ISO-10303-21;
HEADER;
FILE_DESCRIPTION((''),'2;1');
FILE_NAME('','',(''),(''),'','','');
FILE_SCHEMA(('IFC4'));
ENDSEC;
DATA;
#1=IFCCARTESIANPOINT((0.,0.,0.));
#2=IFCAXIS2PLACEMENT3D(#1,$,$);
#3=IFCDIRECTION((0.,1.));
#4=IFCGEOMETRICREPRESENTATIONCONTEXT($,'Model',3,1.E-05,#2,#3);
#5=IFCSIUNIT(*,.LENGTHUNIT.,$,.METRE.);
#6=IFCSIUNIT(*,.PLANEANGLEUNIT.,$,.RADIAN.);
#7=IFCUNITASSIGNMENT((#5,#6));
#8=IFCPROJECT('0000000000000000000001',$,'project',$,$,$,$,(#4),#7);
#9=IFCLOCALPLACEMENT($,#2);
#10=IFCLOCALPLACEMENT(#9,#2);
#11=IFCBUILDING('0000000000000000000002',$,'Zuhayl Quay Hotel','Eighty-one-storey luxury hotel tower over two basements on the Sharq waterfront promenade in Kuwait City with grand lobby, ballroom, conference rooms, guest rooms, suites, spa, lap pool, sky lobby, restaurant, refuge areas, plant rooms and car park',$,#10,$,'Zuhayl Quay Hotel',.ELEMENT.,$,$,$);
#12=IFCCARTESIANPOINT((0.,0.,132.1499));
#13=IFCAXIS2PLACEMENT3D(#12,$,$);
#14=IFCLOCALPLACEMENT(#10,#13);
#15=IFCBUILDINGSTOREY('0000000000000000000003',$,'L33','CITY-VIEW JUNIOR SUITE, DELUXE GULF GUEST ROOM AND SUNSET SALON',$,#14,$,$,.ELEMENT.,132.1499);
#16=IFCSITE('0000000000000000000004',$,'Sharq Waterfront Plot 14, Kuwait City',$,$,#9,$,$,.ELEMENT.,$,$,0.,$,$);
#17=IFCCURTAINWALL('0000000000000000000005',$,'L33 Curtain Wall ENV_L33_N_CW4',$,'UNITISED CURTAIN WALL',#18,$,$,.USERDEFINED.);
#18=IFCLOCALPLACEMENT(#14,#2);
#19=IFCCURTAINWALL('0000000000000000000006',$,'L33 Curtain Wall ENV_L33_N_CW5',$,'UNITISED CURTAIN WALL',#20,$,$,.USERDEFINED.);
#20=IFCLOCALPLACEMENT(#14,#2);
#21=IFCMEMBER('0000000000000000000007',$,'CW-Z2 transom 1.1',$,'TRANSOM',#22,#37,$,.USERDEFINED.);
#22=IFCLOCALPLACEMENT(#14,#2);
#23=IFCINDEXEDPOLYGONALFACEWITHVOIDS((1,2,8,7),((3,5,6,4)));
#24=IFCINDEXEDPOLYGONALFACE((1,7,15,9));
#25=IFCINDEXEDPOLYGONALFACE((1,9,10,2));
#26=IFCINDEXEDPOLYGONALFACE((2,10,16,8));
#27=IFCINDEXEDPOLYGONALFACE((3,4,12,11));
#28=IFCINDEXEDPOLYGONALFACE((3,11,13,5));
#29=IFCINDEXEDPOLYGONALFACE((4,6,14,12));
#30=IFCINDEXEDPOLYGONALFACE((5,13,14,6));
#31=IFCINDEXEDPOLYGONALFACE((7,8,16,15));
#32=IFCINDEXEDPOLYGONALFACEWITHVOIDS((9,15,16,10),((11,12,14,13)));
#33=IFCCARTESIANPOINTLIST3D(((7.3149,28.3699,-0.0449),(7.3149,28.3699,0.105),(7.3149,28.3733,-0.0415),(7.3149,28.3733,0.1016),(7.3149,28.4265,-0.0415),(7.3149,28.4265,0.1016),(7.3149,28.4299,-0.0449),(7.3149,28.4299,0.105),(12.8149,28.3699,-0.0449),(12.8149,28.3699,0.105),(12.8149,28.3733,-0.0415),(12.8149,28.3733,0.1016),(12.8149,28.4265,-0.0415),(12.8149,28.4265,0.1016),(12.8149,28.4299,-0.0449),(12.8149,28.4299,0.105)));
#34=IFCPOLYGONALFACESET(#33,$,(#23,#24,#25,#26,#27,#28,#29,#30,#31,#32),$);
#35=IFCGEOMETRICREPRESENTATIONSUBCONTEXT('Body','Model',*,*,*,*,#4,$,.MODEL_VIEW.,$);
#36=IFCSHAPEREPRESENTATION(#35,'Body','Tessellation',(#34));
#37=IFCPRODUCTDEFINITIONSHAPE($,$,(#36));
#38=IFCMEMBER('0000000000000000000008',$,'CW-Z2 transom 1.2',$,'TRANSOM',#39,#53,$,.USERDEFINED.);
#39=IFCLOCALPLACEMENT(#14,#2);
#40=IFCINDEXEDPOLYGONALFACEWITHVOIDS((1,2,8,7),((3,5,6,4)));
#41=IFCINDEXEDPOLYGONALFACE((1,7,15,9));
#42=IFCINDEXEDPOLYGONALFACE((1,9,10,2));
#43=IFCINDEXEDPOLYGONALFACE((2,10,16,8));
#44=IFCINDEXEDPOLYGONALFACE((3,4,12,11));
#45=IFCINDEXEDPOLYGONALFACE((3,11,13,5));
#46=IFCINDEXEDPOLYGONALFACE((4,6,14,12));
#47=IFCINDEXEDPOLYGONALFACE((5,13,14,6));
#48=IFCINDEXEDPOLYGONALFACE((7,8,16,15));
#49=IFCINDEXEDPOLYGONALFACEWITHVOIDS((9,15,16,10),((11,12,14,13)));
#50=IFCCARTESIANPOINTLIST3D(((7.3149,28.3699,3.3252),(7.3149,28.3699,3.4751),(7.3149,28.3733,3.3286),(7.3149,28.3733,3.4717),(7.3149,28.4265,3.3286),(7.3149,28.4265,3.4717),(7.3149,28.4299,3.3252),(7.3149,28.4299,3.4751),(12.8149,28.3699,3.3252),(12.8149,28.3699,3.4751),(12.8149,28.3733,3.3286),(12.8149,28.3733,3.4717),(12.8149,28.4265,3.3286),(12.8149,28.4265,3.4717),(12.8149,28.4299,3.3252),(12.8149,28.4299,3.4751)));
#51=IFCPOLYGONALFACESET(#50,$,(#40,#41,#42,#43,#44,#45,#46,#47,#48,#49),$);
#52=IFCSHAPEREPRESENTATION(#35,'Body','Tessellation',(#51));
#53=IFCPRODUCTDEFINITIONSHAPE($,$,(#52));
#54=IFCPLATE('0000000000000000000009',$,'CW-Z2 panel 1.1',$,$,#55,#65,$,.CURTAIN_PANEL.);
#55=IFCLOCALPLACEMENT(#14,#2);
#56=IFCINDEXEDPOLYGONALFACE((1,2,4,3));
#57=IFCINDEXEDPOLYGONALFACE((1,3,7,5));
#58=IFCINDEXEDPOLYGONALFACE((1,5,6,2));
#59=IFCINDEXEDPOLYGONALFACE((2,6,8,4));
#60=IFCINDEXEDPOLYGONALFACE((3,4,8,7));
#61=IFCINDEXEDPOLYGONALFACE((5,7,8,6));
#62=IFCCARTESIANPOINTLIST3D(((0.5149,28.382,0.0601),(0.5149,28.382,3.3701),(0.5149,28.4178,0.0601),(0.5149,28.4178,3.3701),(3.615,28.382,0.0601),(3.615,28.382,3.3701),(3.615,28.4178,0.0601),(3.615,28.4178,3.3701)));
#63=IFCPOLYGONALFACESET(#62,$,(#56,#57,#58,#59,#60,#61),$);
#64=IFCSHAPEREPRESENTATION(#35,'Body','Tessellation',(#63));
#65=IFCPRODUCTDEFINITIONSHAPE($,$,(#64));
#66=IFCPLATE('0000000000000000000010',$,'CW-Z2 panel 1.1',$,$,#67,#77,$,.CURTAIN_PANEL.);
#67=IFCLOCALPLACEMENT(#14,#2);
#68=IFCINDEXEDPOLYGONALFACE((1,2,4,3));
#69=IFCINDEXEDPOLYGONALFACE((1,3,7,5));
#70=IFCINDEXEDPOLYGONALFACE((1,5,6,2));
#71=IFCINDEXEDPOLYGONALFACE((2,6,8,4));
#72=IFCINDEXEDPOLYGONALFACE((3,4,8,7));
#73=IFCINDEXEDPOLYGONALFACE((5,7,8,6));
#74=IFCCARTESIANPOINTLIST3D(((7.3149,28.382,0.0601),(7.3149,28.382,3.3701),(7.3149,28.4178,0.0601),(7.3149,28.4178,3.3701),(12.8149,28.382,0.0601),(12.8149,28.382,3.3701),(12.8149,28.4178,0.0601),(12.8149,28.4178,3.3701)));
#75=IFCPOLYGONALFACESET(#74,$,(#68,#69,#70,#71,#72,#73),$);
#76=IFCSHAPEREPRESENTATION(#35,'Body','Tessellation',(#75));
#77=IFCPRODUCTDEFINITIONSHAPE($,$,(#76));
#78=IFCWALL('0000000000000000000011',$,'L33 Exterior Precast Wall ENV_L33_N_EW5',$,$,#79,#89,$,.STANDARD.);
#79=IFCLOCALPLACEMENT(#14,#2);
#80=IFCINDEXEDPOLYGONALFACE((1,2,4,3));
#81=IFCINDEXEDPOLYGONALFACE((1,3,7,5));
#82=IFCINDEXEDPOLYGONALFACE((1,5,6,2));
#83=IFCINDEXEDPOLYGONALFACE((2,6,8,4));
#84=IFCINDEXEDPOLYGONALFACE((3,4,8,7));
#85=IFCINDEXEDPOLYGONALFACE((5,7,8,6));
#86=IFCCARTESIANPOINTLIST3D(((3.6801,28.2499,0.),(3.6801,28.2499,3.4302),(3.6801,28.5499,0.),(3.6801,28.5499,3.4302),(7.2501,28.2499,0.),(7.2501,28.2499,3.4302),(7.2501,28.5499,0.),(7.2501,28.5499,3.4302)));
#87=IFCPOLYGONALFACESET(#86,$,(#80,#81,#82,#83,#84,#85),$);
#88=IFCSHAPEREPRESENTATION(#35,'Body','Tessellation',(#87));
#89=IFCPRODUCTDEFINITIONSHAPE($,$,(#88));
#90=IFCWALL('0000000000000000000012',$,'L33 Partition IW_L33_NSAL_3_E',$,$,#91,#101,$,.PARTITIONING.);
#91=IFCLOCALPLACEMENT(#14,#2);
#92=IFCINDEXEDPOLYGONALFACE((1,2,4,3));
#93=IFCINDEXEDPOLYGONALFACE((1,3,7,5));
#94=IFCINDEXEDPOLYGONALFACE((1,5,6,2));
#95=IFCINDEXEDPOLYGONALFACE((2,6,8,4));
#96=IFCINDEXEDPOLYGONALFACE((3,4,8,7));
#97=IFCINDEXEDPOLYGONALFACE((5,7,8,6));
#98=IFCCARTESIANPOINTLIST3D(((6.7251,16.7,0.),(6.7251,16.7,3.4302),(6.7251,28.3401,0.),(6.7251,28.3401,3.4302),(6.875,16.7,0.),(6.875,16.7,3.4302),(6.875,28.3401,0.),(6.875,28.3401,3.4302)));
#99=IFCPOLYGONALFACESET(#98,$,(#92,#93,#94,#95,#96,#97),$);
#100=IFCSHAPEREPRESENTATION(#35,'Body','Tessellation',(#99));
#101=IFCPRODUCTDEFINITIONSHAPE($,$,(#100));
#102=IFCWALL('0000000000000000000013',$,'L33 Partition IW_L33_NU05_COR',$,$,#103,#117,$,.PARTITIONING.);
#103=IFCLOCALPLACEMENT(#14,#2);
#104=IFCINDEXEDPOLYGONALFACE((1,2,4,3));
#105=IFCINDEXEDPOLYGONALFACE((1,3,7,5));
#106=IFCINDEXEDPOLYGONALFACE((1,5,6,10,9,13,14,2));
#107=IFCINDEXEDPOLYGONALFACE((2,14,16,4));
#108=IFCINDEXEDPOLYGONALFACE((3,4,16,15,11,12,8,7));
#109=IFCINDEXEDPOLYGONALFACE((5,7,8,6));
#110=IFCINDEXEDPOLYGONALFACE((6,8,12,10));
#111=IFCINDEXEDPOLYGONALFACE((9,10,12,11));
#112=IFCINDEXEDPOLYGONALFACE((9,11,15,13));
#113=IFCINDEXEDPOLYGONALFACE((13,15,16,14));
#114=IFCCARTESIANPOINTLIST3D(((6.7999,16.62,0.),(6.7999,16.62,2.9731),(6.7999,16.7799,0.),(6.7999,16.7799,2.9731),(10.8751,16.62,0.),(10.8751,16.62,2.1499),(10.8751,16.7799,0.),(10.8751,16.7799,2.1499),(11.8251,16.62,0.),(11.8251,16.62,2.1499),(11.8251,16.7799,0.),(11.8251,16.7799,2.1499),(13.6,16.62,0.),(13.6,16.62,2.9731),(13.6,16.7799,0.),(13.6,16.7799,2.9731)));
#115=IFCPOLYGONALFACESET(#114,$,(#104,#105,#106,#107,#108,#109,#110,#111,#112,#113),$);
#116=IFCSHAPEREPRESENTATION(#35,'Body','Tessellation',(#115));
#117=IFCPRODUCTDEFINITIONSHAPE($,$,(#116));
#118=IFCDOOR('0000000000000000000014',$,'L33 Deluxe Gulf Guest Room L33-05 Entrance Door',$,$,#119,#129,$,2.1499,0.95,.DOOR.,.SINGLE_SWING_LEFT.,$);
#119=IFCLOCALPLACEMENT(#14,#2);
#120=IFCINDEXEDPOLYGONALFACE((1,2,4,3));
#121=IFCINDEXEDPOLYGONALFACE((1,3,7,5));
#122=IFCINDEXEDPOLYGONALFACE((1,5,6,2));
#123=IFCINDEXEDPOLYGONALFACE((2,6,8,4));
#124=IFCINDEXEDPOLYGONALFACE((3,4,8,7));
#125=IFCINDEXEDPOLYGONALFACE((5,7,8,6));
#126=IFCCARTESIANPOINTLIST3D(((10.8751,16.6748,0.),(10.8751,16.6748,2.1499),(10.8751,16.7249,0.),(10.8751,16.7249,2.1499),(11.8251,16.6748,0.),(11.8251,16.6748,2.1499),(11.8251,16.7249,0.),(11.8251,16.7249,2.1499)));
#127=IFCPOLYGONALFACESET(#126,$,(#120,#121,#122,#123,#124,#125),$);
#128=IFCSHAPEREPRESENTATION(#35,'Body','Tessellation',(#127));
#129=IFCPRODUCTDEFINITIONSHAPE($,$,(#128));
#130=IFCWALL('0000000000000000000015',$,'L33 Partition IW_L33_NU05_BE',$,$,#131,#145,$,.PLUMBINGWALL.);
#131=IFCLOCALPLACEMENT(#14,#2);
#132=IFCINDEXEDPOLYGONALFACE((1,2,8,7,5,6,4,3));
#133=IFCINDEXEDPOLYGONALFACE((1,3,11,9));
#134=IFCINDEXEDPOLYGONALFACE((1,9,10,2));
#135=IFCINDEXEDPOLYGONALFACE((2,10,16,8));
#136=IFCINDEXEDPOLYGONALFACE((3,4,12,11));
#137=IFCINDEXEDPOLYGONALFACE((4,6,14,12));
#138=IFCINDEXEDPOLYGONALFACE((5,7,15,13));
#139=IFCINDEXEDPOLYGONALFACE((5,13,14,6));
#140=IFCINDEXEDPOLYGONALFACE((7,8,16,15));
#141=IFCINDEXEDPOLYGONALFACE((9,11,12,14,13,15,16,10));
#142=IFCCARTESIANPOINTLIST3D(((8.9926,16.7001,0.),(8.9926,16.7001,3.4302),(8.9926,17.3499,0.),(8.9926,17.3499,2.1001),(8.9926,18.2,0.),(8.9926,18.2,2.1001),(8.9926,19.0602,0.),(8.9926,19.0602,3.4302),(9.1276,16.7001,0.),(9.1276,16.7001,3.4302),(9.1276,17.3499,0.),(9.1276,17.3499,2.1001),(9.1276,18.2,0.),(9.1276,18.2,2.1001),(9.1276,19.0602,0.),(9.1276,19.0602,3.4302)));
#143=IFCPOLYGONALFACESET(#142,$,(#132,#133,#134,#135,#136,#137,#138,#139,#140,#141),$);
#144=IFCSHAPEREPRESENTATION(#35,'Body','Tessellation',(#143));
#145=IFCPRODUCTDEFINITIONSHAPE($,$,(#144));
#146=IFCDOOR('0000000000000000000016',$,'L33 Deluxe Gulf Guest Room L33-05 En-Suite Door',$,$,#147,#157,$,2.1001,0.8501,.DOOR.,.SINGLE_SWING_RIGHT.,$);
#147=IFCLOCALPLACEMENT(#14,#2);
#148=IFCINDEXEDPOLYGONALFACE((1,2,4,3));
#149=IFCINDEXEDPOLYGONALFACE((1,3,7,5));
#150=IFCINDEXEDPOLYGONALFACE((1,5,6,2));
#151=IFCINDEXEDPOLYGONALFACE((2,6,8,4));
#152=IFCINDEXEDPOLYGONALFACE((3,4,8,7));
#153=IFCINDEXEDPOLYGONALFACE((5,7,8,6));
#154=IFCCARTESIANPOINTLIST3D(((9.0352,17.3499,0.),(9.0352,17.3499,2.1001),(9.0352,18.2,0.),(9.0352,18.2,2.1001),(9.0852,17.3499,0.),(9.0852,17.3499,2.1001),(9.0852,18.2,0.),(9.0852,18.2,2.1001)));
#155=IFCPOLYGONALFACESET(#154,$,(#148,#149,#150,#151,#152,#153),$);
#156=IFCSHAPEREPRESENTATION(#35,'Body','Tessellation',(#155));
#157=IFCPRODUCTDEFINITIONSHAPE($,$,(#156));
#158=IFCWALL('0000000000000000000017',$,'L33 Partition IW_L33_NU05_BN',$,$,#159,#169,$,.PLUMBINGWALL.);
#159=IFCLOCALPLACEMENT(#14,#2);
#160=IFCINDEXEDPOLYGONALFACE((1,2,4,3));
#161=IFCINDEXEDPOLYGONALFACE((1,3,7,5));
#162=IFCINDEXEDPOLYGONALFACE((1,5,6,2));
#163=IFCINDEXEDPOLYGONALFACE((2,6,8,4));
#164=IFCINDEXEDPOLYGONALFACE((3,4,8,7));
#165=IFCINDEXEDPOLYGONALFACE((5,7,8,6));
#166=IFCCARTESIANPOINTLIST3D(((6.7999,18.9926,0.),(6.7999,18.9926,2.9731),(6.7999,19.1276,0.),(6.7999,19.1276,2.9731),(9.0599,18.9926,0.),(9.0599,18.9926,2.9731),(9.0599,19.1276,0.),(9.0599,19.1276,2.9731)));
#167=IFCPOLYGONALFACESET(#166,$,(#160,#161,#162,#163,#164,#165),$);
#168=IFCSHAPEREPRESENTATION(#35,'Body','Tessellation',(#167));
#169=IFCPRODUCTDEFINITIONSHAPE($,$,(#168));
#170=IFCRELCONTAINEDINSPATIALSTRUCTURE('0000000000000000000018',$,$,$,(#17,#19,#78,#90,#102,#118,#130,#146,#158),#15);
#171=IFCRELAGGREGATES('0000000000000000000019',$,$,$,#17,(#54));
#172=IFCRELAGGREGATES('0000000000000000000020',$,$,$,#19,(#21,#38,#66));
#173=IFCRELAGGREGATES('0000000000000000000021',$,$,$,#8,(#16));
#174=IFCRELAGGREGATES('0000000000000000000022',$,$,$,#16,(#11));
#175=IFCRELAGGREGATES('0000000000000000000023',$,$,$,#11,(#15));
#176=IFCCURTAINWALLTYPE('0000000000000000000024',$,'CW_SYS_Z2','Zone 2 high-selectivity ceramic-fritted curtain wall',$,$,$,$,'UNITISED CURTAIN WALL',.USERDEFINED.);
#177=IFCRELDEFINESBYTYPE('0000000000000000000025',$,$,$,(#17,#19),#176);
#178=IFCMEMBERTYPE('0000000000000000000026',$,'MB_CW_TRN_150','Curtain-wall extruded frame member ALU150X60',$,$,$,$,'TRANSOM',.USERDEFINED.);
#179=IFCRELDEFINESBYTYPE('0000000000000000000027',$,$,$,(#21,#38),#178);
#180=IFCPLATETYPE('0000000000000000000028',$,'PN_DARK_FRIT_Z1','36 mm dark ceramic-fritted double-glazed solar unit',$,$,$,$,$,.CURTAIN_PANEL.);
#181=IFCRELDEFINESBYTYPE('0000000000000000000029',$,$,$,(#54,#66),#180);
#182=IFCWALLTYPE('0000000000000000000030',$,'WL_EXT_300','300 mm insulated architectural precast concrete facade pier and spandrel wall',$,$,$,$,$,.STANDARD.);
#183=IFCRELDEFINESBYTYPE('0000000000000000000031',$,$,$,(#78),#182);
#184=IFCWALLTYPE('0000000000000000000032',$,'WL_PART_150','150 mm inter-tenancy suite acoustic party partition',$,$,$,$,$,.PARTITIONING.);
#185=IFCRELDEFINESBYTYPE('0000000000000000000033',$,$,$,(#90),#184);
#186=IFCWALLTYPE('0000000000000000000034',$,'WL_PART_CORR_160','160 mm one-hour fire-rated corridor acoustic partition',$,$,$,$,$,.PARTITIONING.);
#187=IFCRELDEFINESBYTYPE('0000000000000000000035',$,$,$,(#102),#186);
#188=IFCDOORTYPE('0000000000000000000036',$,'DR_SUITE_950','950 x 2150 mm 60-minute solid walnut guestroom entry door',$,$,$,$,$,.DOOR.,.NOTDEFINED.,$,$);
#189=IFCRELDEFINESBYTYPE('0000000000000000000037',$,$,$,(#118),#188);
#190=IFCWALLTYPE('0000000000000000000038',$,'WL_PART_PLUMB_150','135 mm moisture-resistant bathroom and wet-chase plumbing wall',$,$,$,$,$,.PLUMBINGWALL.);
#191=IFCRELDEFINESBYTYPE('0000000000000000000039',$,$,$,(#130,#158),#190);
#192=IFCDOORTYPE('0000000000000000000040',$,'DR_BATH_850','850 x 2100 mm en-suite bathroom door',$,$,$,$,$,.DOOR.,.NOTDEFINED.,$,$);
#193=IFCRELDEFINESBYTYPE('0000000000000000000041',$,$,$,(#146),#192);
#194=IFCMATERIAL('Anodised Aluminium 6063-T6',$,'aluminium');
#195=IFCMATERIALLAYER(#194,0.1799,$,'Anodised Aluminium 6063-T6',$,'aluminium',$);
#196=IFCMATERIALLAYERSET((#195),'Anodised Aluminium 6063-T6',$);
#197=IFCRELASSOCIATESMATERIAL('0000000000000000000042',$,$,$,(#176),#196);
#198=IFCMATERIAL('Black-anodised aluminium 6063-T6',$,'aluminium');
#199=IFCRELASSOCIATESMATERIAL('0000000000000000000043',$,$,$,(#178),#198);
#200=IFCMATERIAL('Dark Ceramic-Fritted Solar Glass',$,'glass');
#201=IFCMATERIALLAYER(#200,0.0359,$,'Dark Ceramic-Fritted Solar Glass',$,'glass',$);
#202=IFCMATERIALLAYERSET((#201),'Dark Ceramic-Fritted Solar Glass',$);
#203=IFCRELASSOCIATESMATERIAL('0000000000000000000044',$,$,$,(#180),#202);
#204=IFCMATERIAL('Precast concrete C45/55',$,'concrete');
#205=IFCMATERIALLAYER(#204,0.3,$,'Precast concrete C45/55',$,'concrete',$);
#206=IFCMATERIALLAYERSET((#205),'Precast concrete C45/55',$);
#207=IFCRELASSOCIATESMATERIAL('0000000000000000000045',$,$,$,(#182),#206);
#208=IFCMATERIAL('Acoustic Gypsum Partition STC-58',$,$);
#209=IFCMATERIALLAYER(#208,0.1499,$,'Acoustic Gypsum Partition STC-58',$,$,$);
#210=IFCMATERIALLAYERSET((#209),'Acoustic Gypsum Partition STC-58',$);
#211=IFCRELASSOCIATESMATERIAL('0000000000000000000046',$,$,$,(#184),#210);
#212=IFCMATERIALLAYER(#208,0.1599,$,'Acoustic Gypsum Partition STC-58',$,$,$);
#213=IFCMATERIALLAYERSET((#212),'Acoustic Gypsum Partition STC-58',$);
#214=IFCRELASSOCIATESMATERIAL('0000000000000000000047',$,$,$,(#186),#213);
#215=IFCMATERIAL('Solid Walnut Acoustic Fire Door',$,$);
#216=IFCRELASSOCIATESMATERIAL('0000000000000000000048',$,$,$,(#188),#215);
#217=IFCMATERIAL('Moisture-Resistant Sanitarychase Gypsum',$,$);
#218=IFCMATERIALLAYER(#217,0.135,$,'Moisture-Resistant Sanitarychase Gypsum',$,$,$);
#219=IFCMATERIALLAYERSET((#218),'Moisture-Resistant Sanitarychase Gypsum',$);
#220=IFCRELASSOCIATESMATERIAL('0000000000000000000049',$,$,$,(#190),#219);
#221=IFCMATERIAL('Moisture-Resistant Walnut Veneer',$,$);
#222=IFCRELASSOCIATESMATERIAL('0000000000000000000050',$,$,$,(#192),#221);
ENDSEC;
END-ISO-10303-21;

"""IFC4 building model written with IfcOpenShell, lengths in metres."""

from ifc_helpers import new_model, si_unit, direction, frame, frame_2d, origin, origin_2d, place, context, subcontext, project, spatial, rectangle, hollow_rectangle, extrude, material, layer, layer_set, material_profile, profile_set, type_object, element, fill, aggregate, save


model = new_model("IFC4")

# Units and contexts
model_context = context("Model", 3, precision=1e-05, world=origin(), true_north=direction((0.0, 1.0)))
body_context = subcontext(model_context, "Body", "Model", "MODEL_VIEW")
ifc_project = project(units=[si_unit("LENGTHUNIT", "METRE"), si_unit("PLANEANGLEUNIT", "RADIAN")], contexts=[model_context])

# Site, building, storey
site_placement = place(None, origin())
site = spatial("IfcSite", under=ifc_project, at=site_placement, Name="Sharq Waterfront Plot 14, Kuwait City", CompositionType="ELEMENT", RefElevation=0.0)
building_placement = place(site_placement, origin())
building = spatial("IfcBuilding", under=site, at=building_placement, Name="Zuhayl Quay Hotel", Description="Eighty-one-storey luxury hotel tower over two basements on the Sharq waterfront promenade in Kuwait City with grand lobby, ballroom, conference rooms, guest rooms, suites, spa, lap pool, sky lobby, restaurant, refuge areas, plant rooms and car park", LongName="Zuhayl Quay Hotel", CompositionType="ELEMENT")
storey_placement = place(building_placement, frame((0.0, 0.0, 132.1499)))
storey = spatial("IfcBuildingStorey", under=building, at=storey_placement, Name="L33", Description="CITY-VIEW JUNIOR SUITE, DELUXE GULF GUEST ROOM AND SUNSET SALON", CompositionType="ELEMENT", Elevation=132.1499)

# Curtain wall
ifc_material_1 = material(Name="Anodised Aluminium 6063-T6", Category="aluminium")
ifc_layer_1 = layer(ifc_material_1, 0.1799, Name="Anodised Aluminium 6063-T6", Category="aluminium")
ifc_layer_set_1 = layer_set([ifc_layer_1], Name="Anodised Aluminium 6063-T6")
curtain_wall_type = type_object("IfcCurtainWallType", Name="CW_SYS_Z2", Description="Zone 2 high-selectivity ceramic-fritted curtain wall", ElementType="UNITISED CURTAIN WALL", PredefinedType="USERDEFINED", material=ifc_layer_set_1)
curtain_wall_1_placement = place(storey_placement, origin())
curtain_wall_1 = element("IfcCurtainWall", 1, at=curtain_wall_1_placement, inside=storey, type_object=curtain_wall_type, Name="L33 Curtain Wall ENV_L33_N_CW4", ObjectType="UNITISED CURTAIN WALL", PredefinedType="USERDEFINED")
ifc_material_2 = material(Name="Black-anodised aluminium 6063-T6", Category="aluminium")

# Curtain wall
curtain_wall_2_placement = place(storey_placement, origin())
curtain_wall_2 = element("IfcCurtainWall", 2, at=curtain_wall_2_placement, inside=storey, type_object=curtain_wall_type, Name="L33 Curtain Wall ENV_L33_N_CW5", ObjectType="UNITISED CURTAIN WALL", PredefinedType="USERDEFINED")

# Members
ifc_material_profile_1 = material_profile(ifc_material_2, hollow_rectangle(XDim=0.0601, YDim=0.1499, WallThickness=0.0034, at=origin_2d()), Name="ALU150X60")
ifc_profile_set_1 = profile_set([ifc_material_profile_1], Name="Black-anodised aluminium 6063-T6")
member_type_1 = type_object("IfcMemberType", Name="MB_CW_TRN_150", Description="Curtain-wall extruded frame member ALU150X60", ElementType="TRANSOM", PredefinedType="USERDEFINED", material=ifc_profile_set_1)
member_1_placement = place(storey_placement, frame((7.3149, 28.3999, 0.03), z_axis=(1.0, 0.0, 0.0), x_axis=(0.0, 1.0, 0.0)))
member_1 = element("IfcMember", 3, at=member_1_placement, type_object=member_type_1, Name="CW-Z2 transom 1.1", ObjectType="TRANSOM", PredefinedType="USERDEFINED", context=body_context, shape_type="SweptSolid", body=[
    extrude(hollow_rectangle(XDim=0.0601, YDim=0.1499, WallThickness=0.0034, at=origin_2d()), origin(), (0.0, 0.0, 1.0), 5.5),
])
member_2_placement = place(storey_placement, frame((7.3149, 28.3999, 3.4001), z_axis=(1.0, 0.0, 0.0), x_axis=(0.0, 1.0, 0.0)))
member_2 = element("IfcMember", 4, at=member_2_placement, type_object=member_type_1, Name="CW-Z2 transom 1.2", ObjectType="TRANSOM", PredefinedType="USERDEFINED", context=body_context, shape_type="SweptSolid", body=[
    extrude(hollow_rectangle(XDim=0.0601, YDim=0.1499, WallThickness=0.0034, at=origin_2d()), origin(), (0.0, 0.0, 1.0), 5.5),
])

# Plates
ifc_material_3 = material(Name="Dark Ceramic-Fritted Solar Glass", Category="glass")
ifc_layer_2 = layer(ifc_material_3, 0.0359, Name="Dark Ceramic-Fritted Solar Glass", Category="glass")
ifc_layer_set_2 = layer_set([ifc_layer_2], Name="Dark Ceramic-Fritted Solar Glass")
plate_type = type_object("IfcPlateType", Name="PN_DARK_FRIT_Z1", Description="36 mm dark ceramic-fritted double-glazed solar unit", PredefinedType="CURTAIN_PANEL", material=ifc_layer_set_2)
plate_1_placement = place(storey_placement, frame((2.0649, 28.3999, 0.0601), z_axis=(0.0, 0.0, 1.0), x_axis=(1.0, 0.0, 0.0)))
plate_1 = element("IfcPlate", 5, at=plate_1_placement, type_object=plate_type, Name="CW-Z2 panel 1.1", PredefinedType="CURTAIN_PANEL", context=body_context, shape_type="SweptSolid", body=[
    extrude(rectangle(XDim=3.1001, YDim=0.0359, at=origin_2d()), origin(), (0.0, 0.0, 1.0), 3.3101),
])
aggregate(curtain_wall_1, [plate_1])
plate_2_placement = place(storey_placement, frame((10.0649, 28.3999, 0.0601), z_axis=(0.0, 0.0, 1.0), x_axis=(1.0, 0.0, 0.0)))
plate_2 = element("IfcPlate", 6, at=plate_2_placement, type_object=plate_type, Name="CW-Z2 panel 1.1", PredefinedType="CURTAIN_PANEL", context=body_context, shape_type="SweptSolid", body=[
    extrude(rectangle(XDim=5.5, YDim=0.0359, at=origin_2d()), origin(), (0.0, 0.0, 1.0), 3.3101),
])
aggregate(curtain_wall_2, [member_1, member_2, plate_2])

# Walls
ifc_material_4 = material(Name="Precast concrete C45/55", Category="concrete")
ifc_layer_3 = layer(ifc_material_4, 0.3, Name="Precast concrete C45/55", Category="concrete")
ifc_layer_set_3 = layer_set([ifc_layer_3], Name="Precast concrete C45/55")
wall_type_1 = type_object("IfcWallType", Name="WL_EXT_300", Description="300 mm insulated architectural precast concrete facade pier and spandrel wall", PredefinedType="STANDARD", material=ifc_layer_set_3)
wall_1_placement = place(storey_placement, frame((3.6799, 28.3999, 0.0), z_axis=(0.0, 0.0, 1.0), x_axis=(1.0, 0.0, 0.0)))
element("IfcWall", 7, at=wall_1_placement, inside=storey, type_object=wall_type_1, Name="L33 Exterior Precast Wall ENV_L33_N_EW5", PredefinedType="STANDARD", context=body_context, shape_type="SweptSolid", body=[
    extrude(rectangle(XDim=3.5701, YDim=0.3, at=frame_2d((1.7852, 0.0))), origin(), (0.0, 0.0, 1.0), 3.4302),
])
ifc_material_5 = material(Name="Acoustic Gypsum Partition STC-58")
ifc_layer_4 = layer(ifc_material_5, 0.1499, Name="Acoustic Gypsum Partition STC-58")
ifc_layer_set_4 = layer_set([ifc_layer_4], Name="Acoustic Gypsum Partition STC-58")
wall_type_2 = type_object("IfcWallType", Name="WL_PART_150", Description="150 mm inter-tenancy suite acoustic party partition", PredefinedType="PARTITIONING", material=ifc_layer_set_4)
wall_2_placement = place(storey_placement, frame((6.8, 16.7, 0.0), z_axis=(0.0, 0.0, 1.0), x_axis=(0.0, 1.0, 0.0)))
element("IfcWall", 8, at=wall_2_placement, inside=storey, type_object=wall_type_2, Name="L33 Partition IW_L33_NSAL_3_E", PredefinedType="PARTITIONING", context=body_context, shape_type="SweptSolid", body=[
    extrude(rectangle(XDim=11.6401, YDim=0.1499, at=frame_2d((5.8201, 0.0))), origin(), (0.0, 0.0, 1.0), 3.4302),
])

# Walls, openings, doors
ifc_layer_5 = layer(ifc_material_5, 0.1599, Name="Acoustic Gypsum Partition STC-58")
ifc_layer_set_5 = layer_set([ifc_layer_5], Name="Acoustic Gypsum Partition STC-58")
wall_type_3 = type_object("IfcWallType", Name="WL_PART_CORR_160", Description="160 mm one-hour fire-rated corridor acoustic partition", PredefinedType="PARTITIONING", material=ifc_layer_set_5)
wall_3_placement = place(storey_placement, frame((6.8, 16.7, 0.0), z_axis=(0.0, 0.0, 1.0), x_axis=(1.0, 0.0, 0.0)))
wall_3 = element("IfcWall", 9, at=wall_3_placement, inside=storey, type_object=wall_type_3, Name="L33 Partition IW_L33_NU05_COR", PredefinedType="PARTITIONING", context=body_context, shape_type="SweptSolid", body=[
    extrude(rectangle(XDim=6.8, YDim=0.1599, at=frame_2d((3.3999, 0.0))), origin(), (0.0, 0.0, 1.0), 2.9731),
])
opening_1_placement = place(wall_3_placement, frame((4.075, 0.0, 0.0)))
opening_1 = element("IfcOpeningElement", 10, at=opening_1_placement, cuts=wall_3, PredefinedType="OPENING", context=body_context, shape_type="SweptSolid", body=[
    extrude(rectangle(XDim=0.95, YDim=2.1499, at=frame_2d((0.4751, 1.075))), frame((0.0, 0.0898, 0.0), z_axis=(0.0, -1.0, 0.0), x_axis=(1.0, 0.0, 0.0)), (0.0, 0.0, 1.0), 0.1799),
])
ifc_material_6 = material(Name="Solid Walnut Acoustic Fire Door")
door_type_1 = type_object("IfcDoorType", Name="DR_SUITE_950", Description="950 x 2150 mm 60-minute solid walnut guestroom entry door", OperationType="NOTDEFINED", PredefinedType="DOOR", material=ifc_material_6)
door_1_placement = place(opening_1_placement, origin())
door_1 = element("IfcDoor", 11, at=door_1_placement, inside=storey, type_object=door_type_1, Name="L33 Deluxe Gulf Guest Room L33-05 Entrance Door", OperationType="SINGLE_SWING_LEFT", OverallHeight=2.1499, OverallWidth=0.95, PredefinedType="DOOR", context=body_context, shape_type="SweptSolid", body=[
    extrude(rectangle(XDim=0.95, YDim=2.1499, at=frame_2d((0.4751, 1.075))), frame((0.0, 0.0249, 0.0), z_axis=(0.0, -1.0, 0.0), x_axis=(1.0, 0.0, 0.0)), (0.0, 0.0, 1.0), 0.05),
])
fill(opening_1, door_1)
ifc_material_7 = material(Name="Moisture-Resistant Sanitarychase Gypsum")
ifc_layer_6 = layer(ifc_material_7, 0.135, Name="Moisture-Resistant Sanitarychase Gypsum")
ifc_layer_set_6 = layer_set([ifc_layer_6], Name="Moisture-Resistant Sanitarychase Gypsum")
wall_type_4 = type_object("IfcWallType", Name="WL_PART_PLUMB_150", Description="135 mm moisture-resistant bathroom and wet-chase plumbing wall", PredefinedType="PLUMBINGWALL", material=ifc_layer_set_6)
wall_4_placement = place(storey_placement, frame((9.0601, 16.7, 0.0), z_axis=(0.0, 0.0, 1.0), x_axis=(0.0, 1.0, 0.0)))
wall_4 = element("IfcWall", 12, at=wall_4_placement, inside=storey, type_object=wall_type_4, Name="L33 Partition IW_L33_NU05_BE", PredefinedType="PLUMBINGWALL", context=body_context, shape_type="SweptSolid", body=[
    extrude(rectangle(XDim=2.3601, YDim=0.135, at=frame_2d((1.1802, 0.0))), origin(), (0.0, 0.0, 1.0), 3.4302),
])
opening_2_placement = place(wall_4_placement, frame((0.6499, 0.0, 0.0)))
opening_2 = element("IfcOpeningElement", 13, at=opening_2_placement, cuts=wall_4, PredefinedType="OPENING", context=body_context, shape_type="SweptSolid", body=[
    extrude(rectangle(XDim=0.8501, YDim=2.1001, at=frame_2d((0.425, 1.05))), frame((0.0, 0.0774, 0.0), z_axis=(0.0, -1.0, 0.0), x_axis=(1.0, 0.0, 0.0)), (0.0, 0.0, 1.0), 0.155),
])
ifc_material_8 = material(Name="Moisture-Resistant Walnut Veneer")
door_type_2 = type_object("IfcDoorType", Name="DR_BATH_850", Description="850 x 2100 mm en-suite bathroom door", OperationType="NOTDEFINED", PredefinedType="DOOR", material=ifc_material_8)
door_2_placement = place(opening_2_placement, origin())
door_2 = element("IfcDoor", 14, at=door_2_placement, inside=storey, type_object=door_type_2, Name="L33 Deluxe Gulf Guest Room L33-05 En-Suite Door", OperationType="SINGLE_SWING_RIGHT", OverallHeight=2.1001, OverallWidth=0.8501, PredefinedType="DOOR", context=body_context, shape_type="SweptSolid", body=[
    extrude(rectangle(XDim=0.8501, YDim=2.1001, at=frame_2d((0.425, 1.05))), frame((0.0, 0.0249, 0.0), z_axis=(0.0, -1.0, 0.0), x_axis=(1.0, 0.0, 0.0)), (0.0, 0.0, 1.0), 0.05),
])
fill(opening_2, door_2)

# Wall
wall_5_placement = place(storey_placement, frame((6.8, 19.0601, 0.0), z_axis=(0.0, 0.0, 1.0), x_axis=(1.0, 0.0, 0.0)))
element("IfcWall", 15, at=wall_5_placement, inside=storey, type_object=wall_type_4, Name="L33 Partition IW_L33_NU05_BN", PredefinedType="PLUMBINGWALL", context=body_context, shape_type="SweptSolid", body=[
    extrude(rectangle(XDim=2.26, YDim=0.135, at=frame_2d((1.1299, 0.0))), origin(), (0.0, 0.0, 1.0), 2.9731),
])

save(model, "model.ifc")
